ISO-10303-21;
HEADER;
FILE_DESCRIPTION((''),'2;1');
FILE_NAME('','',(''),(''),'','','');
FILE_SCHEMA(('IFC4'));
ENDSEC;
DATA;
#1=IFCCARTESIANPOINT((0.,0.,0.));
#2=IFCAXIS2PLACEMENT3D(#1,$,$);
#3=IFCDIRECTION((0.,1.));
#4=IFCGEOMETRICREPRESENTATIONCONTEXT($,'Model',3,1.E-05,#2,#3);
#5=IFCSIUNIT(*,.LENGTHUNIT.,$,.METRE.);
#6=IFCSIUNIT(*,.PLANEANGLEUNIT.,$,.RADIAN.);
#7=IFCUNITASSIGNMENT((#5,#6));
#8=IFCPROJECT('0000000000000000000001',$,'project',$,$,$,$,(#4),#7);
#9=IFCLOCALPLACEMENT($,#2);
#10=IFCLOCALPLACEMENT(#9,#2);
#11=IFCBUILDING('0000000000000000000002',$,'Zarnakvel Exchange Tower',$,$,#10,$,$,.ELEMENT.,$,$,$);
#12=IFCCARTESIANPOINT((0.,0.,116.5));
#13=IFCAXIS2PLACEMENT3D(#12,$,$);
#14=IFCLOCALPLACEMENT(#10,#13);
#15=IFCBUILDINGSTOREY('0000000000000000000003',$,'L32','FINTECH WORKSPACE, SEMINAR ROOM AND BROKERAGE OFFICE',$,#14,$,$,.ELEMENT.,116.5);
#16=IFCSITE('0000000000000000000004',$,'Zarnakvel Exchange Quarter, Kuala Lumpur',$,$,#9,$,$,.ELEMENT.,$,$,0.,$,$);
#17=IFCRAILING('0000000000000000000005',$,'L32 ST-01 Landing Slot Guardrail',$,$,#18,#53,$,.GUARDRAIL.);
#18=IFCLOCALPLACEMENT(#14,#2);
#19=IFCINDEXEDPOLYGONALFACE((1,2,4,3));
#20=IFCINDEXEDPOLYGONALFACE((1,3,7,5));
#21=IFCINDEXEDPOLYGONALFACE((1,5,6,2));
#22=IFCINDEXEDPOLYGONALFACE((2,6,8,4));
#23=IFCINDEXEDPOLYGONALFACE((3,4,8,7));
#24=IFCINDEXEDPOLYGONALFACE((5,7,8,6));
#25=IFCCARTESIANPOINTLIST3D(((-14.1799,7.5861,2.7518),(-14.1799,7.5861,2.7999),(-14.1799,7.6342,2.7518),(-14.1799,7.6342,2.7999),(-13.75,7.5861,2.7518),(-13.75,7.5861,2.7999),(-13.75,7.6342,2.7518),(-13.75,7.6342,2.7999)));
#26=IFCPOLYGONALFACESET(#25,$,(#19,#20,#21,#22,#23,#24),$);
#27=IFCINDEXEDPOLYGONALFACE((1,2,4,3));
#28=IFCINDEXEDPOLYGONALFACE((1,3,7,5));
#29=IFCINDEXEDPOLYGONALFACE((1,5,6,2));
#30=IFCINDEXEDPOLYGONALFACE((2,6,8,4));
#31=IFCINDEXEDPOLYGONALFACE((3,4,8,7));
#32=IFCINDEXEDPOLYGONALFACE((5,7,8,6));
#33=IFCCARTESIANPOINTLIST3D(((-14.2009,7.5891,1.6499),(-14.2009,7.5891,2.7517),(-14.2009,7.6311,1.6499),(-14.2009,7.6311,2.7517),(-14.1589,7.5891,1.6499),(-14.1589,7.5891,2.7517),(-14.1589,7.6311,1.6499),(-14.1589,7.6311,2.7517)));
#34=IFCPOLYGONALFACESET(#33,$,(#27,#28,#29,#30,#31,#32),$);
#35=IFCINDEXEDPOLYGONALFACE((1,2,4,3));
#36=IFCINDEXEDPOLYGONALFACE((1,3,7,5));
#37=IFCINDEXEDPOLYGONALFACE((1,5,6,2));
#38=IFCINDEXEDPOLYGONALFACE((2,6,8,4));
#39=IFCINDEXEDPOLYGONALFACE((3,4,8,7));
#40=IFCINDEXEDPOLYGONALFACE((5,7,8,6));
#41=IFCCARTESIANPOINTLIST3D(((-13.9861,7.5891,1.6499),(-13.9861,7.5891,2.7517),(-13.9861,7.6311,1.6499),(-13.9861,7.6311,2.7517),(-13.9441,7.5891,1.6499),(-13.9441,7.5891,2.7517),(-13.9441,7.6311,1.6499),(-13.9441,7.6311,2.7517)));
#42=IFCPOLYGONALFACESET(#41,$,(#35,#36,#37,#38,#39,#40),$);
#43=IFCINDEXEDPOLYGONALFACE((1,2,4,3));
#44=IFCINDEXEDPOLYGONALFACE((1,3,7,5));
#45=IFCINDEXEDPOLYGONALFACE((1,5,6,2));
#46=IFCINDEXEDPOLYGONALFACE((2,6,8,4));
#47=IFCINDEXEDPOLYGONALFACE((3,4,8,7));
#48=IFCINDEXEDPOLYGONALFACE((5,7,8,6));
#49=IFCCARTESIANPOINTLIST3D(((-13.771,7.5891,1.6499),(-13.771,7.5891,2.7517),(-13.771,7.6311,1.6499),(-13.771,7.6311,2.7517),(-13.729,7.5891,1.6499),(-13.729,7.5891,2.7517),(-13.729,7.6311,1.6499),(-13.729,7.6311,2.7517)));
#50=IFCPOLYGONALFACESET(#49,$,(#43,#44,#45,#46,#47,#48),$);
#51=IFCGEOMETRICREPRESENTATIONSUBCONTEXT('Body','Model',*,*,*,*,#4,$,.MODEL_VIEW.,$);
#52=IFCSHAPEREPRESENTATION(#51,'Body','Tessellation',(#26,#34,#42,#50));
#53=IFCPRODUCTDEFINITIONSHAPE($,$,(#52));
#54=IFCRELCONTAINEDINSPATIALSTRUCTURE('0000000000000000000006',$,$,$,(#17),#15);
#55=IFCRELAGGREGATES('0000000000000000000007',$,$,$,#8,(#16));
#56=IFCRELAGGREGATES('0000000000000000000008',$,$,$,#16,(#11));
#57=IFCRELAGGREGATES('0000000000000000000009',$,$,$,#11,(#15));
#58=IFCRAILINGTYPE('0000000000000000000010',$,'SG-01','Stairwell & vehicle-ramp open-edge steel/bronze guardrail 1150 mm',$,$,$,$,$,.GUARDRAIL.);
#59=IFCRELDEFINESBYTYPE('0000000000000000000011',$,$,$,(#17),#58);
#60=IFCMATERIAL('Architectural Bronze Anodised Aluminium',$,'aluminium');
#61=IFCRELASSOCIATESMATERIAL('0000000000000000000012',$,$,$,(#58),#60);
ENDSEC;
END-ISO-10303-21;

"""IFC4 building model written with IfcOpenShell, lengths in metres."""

from ifc_helpers import new_model, si_unit, direction, frame, origin, origin_2d, place, context, subcontext, project, spatial, rectangle, extrude, material, type_object, element, save


model = new_model("IFC4")

# Units and contexts
model_context = context("Model", 3, precision=1e-05, world=origin(), true_north=direction((0.0, 1.0)))
body_context = subcontext(model_context, "Body", "Model", "MODEL_VIEW")
ifc_project = project(units=[si_unit("LENGTHUNIT", "METRE"), si_unit("PLANEANGLEUNIT", "RADIAN")], contexts=[model_context])

# Site, building, storey
site_placement = place(None, origin())
site = spatial("IfcSite", under=ifc_project, at=site_placement, Name="Zarnakvel Exchange Quarter, Kuala Lumpur", CompositionType="ELEMENT", RefElevation=0.0)
building_placement = place(site_placement, origin())
building = spatial("IfcBuilding", under=site, at=building_placement, Name="Zarnakvel Exchange Tower", CompositionType="ELEMENT")
storey_placement = place(building_placement, frame((0.0, 0.0, 116.5)))
storey = spatial("IfcBuildingStorey", under=building, at=storey_placement, Name="L32", Description="FINTECH WORKSPACE, SEMINAR ROOM AND BROKERAGE OFFICE", CompositionType="ELEMENT", Elevation=116.5)

# Shared definitions
ifc_material_1 = material(Name="Architectural Bronze Anodised Aluminium", Category="aluminium")

# Railing
railing_type_1 = type_object("IfcRailingType", Name="SG-01", Description="Stairwell & vehicle-ramp open-edge steel/bronze guardrail 1150 mm", PredefinedType="GUARDRAIL", material=ifc_material_1)
railing_1_placement = place(storey_placement, frame((-14.1799, 7.6101, 1.6499)))
element("IfcRailing", 1, at=railing_1_placement, inside=storey, type_object=railing_type_1, Name="L32 ST-01 Landing Slot Guardrail", PredefinedType="GUARDRAIL", context=body_context, shape_type="SweptSolid", body=[
    extrude(rectangle(XDim=0.0481, YDim=0.0481, at=origin_2d()), frame((0.0, 0.0, 1.126), z_axis=(1.0, 0.0, 0.0), x_axis=(0.0, 1.0, 0.0)), (0.0, 0.0, 1.0), 0.4299),
    extrude(rectangle(XDim=0.042, YDim=0.042, at=origin_2d()), origin(), (0.0, 0.0, 1.0), 1.1018),
    extrude(rectangle(XDim=0.042, YDim=0.042, at=origin_2d()), frame((0.2148, 0.0, 0.0)), (0.0, 0.0, 1.0), 1.1018),
    extrude(rectangle(XDim=0.042, YDim=0.042, at=origin_2d()), frame((0.4299, 0.0, 0.0)), (0.0, 0.0, 1.0), 1.1018),
])

save(model, "model.ifc")
